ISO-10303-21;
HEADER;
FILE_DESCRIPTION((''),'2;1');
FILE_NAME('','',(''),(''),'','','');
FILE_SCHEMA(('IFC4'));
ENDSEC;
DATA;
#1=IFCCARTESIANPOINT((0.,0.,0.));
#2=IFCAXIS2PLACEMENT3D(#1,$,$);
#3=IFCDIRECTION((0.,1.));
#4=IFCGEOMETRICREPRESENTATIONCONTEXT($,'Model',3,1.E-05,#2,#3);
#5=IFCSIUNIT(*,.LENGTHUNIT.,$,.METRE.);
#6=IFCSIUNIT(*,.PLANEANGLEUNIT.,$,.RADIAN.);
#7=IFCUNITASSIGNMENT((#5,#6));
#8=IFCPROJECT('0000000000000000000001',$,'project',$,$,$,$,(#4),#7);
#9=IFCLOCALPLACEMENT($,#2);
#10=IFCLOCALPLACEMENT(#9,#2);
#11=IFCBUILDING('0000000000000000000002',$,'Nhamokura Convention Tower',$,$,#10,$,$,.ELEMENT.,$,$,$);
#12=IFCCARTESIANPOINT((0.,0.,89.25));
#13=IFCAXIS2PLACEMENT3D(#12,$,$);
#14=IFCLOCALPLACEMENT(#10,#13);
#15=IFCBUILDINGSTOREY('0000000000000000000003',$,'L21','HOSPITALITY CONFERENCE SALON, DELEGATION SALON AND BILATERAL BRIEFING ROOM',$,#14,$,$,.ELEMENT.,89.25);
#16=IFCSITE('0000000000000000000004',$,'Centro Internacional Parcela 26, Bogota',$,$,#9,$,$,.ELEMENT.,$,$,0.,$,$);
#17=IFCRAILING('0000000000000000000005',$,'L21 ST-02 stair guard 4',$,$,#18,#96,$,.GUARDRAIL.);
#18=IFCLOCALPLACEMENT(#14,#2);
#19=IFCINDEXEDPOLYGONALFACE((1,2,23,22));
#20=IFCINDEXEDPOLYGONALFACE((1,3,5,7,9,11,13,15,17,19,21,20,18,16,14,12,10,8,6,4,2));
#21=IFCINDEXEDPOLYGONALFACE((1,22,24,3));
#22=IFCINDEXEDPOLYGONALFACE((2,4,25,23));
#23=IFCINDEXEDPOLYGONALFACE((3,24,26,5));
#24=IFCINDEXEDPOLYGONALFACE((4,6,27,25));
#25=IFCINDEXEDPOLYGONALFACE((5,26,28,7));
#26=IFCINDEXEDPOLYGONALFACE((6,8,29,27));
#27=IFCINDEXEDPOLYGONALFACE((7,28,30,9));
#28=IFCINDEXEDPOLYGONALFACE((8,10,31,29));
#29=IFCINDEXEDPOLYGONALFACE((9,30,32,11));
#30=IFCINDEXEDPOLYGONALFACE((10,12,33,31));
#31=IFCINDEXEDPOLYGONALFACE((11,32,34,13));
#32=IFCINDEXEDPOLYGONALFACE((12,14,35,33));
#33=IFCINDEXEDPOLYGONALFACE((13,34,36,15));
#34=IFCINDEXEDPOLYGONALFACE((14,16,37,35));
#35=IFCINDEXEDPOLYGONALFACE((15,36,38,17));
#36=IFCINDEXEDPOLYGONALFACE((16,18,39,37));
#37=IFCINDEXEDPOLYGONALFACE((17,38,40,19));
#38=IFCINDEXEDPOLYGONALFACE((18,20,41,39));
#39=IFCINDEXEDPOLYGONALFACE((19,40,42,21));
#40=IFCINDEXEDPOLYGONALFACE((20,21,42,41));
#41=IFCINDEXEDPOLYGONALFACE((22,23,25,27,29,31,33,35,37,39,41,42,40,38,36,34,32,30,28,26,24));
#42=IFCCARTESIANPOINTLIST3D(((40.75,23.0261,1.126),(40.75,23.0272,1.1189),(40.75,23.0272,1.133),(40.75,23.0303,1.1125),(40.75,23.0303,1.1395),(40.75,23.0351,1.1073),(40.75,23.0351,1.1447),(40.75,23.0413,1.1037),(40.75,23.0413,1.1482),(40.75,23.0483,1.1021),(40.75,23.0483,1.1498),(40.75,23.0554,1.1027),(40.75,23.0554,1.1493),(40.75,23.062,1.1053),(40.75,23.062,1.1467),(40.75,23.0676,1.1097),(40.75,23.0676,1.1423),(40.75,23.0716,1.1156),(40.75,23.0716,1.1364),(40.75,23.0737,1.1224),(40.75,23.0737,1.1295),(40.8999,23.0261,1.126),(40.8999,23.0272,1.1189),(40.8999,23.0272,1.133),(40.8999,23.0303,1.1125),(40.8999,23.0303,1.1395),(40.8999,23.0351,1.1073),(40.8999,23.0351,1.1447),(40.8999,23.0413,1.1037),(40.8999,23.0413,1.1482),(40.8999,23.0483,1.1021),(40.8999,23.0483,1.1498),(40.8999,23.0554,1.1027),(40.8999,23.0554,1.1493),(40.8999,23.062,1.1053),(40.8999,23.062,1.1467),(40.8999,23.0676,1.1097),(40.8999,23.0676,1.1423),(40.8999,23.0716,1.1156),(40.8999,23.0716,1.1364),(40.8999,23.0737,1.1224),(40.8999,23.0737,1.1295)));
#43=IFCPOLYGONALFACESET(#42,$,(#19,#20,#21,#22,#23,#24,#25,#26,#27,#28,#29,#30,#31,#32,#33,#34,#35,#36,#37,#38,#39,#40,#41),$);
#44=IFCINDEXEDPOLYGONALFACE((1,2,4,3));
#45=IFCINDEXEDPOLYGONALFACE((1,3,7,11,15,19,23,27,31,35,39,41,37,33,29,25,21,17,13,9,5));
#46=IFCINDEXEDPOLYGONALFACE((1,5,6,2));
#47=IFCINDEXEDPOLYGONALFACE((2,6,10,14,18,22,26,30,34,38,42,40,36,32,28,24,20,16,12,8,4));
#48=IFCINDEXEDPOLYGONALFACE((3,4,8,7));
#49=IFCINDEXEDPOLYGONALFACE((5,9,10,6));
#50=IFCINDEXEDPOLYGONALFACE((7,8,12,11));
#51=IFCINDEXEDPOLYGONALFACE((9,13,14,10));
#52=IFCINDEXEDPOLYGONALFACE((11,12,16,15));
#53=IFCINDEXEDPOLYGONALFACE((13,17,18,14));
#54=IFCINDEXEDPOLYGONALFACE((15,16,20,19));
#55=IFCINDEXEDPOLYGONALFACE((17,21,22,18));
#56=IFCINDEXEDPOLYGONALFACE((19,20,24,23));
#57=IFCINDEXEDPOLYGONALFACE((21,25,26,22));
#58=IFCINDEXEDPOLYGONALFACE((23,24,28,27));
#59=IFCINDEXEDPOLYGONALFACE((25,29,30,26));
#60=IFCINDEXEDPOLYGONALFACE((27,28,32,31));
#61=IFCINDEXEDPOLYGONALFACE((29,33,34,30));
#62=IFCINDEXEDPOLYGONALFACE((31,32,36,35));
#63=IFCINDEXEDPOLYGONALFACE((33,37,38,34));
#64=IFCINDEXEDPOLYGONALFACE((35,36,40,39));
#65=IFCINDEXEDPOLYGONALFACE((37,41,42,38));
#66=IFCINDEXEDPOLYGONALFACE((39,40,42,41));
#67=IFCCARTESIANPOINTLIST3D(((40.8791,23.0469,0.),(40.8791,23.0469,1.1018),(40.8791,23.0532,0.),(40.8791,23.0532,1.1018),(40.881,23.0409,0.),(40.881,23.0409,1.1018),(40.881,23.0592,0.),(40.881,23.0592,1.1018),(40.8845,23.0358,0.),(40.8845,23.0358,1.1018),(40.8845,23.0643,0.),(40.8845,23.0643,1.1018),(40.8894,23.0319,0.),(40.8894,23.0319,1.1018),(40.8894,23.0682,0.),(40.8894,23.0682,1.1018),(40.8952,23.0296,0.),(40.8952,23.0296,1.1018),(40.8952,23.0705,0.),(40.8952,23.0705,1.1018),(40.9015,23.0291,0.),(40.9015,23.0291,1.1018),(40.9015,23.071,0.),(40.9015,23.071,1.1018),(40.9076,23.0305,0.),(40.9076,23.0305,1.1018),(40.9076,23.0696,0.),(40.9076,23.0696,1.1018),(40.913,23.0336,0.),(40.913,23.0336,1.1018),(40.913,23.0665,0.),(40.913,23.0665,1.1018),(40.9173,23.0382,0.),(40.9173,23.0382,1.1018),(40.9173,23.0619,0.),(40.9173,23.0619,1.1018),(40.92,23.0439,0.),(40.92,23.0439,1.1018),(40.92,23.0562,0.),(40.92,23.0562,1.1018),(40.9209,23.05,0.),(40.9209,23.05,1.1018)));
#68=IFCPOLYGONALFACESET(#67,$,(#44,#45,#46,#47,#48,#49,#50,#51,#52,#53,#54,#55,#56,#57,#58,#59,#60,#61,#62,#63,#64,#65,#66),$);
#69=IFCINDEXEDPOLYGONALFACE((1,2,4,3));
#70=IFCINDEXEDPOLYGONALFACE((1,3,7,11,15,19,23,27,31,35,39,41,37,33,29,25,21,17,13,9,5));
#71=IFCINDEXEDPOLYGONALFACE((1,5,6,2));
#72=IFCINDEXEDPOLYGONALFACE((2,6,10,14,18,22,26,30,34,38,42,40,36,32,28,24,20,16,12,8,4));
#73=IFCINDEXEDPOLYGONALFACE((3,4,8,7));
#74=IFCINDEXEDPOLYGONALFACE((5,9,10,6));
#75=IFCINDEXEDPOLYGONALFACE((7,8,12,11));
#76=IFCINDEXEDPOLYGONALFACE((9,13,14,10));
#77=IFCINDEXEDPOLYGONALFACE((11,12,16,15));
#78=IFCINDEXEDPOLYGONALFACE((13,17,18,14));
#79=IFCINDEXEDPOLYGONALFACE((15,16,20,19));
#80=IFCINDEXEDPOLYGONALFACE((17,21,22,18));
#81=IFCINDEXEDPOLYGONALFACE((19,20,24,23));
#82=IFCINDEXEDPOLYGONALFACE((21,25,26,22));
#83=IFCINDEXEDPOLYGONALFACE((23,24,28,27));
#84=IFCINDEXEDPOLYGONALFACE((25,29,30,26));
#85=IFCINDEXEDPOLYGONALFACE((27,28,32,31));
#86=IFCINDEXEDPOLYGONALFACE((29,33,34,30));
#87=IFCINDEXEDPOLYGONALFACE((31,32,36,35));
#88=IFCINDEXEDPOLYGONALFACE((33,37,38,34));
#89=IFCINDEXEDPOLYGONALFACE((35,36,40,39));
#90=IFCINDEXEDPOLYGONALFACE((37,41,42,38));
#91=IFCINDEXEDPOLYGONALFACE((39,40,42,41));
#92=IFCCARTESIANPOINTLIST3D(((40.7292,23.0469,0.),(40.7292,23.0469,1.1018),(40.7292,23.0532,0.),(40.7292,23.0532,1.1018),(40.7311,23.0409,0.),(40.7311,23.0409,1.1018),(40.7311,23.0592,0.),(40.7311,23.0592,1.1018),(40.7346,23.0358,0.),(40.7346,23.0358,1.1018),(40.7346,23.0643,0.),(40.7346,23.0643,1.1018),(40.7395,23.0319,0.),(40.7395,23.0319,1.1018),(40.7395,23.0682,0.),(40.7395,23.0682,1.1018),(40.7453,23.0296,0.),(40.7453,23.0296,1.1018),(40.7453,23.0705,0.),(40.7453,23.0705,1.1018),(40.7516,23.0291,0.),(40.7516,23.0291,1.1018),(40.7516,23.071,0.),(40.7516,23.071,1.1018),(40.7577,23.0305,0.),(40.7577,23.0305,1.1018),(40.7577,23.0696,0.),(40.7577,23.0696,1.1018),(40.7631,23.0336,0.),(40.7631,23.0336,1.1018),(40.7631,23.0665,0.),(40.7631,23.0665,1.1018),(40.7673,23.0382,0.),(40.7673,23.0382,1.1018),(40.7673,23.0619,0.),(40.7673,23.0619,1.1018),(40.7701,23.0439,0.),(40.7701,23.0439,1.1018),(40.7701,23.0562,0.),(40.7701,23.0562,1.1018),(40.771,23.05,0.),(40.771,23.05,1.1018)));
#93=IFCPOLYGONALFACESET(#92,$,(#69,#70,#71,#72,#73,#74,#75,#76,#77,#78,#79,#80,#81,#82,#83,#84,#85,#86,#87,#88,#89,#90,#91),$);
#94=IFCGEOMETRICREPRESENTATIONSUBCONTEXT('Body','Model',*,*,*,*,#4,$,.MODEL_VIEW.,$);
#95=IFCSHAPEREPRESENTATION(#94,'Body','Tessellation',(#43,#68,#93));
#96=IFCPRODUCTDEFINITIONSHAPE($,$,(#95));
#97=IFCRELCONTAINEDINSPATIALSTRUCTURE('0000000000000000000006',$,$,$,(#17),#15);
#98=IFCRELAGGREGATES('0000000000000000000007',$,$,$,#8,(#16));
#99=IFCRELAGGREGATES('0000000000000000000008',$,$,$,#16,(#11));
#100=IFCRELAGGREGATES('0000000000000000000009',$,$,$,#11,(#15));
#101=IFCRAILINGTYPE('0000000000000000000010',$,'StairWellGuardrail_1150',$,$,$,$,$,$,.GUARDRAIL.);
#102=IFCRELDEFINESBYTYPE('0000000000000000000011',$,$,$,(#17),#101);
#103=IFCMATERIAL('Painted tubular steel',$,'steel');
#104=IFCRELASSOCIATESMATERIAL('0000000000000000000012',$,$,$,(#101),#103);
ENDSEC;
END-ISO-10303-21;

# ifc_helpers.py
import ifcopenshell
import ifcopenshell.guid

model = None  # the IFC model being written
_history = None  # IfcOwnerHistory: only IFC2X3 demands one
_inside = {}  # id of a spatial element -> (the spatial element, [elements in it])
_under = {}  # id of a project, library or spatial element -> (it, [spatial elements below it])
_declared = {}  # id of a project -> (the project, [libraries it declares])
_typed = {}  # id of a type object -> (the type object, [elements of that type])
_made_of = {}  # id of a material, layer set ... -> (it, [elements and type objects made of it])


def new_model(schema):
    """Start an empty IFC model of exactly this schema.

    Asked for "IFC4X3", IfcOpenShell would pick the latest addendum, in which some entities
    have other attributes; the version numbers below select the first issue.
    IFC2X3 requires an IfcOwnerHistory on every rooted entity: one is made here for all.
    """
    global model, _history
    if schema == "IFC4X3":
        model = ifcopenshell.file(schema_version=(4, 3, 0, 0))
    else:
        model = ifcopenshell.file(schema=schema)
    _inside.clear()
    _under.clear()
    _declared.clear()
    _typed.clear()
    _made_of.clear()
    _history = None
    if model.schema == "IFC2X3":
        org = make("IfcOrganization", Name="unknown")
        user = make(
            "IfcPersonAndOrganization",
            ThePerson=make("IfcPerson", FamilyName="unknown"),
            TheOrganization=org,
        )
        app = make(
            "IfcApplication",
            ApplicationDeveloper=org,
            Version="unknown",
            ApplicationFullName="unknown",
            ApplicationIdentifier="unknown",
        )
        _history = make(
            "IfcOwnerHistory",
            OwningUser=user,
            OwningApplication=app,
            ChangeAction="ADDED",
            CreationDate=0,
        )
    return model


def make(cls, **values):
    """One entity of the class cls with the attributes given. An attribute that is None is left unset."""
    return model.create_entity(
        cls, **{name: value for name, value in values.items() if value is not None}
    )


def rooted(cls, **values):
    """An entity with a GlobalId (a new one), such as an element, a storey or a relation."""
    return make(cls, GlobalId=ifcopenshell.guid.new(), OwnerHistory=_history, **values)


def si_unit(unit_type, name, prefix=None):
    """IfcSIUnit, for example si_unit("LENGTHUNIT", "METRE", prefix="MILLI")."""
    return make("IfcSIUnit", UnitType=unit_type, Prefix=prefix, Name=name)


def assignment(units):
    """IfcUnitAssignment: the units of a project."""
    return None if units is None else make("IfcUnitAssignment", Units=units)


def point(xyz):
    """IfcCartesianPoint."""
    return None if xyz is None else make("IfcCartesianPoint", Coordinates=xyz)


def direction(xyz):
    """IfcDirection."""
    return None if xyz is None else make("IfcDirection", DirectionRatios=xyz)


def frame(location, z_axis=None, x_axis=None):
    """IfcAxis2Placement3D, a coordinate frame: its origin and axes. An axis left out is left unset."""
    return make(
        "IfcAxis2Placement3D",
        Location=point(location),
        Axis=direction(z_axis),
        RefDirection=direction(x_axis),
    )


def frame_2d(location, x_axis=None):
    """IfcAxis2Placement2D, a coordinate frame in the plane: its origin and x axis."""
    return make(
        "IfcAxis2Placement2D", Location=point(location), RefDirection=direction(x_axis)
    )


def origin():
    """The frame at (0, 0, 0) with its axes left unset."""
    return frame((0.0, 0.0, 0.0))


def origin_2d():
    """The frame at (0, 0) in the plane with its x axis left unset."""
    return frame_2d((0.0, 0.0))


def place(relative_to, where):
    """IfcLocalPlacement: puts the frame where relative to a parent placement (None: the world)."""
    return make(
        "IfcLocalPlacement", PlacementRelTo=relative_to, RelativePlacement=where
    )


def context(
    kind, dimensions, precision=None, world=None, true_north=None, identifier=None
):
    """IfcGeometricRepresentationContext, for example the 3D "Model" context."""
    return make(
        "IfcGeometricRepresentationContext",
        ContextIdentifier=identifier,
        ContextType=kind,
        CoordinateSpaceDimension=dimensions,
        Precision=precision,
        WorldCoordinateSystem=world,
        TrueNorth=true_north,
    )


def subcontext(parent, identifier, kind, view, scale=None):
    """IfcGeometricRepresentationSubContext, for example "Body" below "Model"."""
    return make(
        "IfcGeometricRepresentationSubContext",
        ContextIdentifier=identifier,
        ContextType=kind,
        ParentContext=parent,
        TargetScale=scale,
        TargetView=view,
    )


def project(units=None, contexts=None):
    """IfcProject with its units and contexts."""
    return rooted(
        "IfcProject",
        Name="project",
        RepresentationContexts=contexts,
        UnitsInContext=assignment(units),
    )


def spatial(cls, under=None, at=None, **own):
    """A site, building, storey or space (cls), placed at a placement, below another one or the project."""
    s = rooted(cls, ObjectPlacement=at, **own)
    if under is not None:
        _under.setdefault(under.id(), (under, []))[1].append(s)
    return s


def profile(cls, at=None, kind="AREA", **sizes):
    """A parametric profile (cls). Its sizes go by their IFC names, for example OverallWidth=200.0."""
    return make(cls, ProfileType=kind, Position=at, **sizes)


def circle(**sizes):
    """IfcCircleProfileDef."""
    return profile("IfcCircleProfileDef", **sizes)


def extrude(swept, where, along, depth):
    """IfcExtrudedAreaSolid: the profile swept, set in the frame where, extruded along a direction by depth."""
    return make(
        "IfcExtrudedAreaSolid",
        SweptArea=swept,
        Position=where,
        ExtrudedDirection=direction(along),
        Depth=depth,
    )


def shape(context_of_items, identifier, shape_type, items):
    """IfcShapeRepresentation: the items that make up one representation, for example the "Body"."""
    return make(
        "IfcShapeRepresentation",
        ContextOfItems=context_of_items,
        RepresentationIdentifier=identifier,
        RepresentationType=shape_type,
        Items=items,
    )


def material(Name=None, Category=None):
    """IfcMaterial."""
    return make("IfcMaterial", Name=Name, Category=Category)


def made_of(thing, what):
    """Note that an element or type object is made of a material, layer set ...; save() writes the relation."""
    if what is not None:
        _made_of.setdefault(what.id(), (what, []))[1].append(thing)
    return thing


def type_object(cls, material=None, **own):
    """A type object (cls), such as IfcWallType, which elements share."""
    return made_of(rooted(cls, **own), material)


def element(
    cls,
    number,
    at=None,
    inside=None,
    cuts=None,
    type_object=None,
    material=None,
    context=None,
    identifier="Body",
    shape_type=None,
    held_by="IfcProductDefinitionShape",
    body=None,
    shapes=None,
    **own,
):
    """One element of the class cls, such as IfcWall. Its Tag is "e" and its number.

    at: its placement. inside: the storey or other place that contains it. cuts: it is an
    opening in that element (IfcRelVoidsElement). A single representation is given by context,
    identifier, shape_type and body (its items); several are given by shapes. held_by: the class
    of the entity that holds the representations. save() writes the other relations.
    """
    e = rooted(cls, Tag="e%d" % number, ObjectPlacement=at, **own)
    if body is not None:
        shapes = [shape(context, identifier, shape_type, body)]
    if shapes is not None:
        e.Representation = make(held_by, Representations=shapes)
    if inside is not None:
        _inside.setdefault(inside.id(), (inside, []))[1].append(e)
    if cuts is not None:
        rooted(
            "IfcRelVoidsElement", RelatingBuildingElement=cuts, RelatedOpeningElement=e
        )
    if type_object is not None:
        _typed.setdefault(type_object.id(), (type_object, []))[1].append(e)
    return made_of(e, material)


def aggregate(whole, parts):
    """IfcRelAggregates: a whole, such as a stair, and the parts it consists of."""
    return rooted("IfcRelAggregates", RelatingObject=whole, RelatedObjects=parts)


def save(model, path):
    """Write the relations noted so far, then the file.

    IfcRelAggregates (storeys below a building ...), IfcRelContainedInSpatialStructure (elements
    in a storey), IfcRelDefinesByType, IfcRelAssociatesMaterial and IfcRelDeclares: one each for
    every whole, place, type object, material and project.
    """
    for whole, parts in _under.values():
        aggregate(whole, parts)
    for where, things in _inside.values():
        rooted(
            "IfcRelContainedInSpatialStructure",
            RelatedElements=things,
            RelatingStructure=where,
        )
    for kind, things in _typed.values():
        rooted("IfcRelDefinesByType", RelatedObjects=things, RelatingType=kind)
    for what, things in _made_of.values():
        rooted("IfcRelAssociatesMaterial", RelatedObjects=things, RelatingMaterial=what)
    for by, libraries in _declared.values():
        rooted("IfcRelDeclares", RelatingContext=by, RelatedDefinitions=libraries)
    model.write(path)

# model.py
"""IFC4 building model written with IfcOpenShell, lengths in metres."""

from ifc_helpers import new_model, si_unit, direction, frame, origin, origin_2d, place, context, subcontext, project, spatial, circle, extrude, material, type_object, element, save


model = new_model("IFC4")

# Units and contexts
model_context = context("Model", 3, precision=1e-05, world=origin(), true_north=direction((0.0, 1.0)))
body_context = subcontext(model_context, "Body", "Model", "MODEL_VIEW")
ifc_project = project(units=[si_unit("LENGTHUNIT", "METRE"), si_unit("PLANEANGLEUNIT", "RADIAN")], contexts=[model_context])

# Site, building, storey
site_placement = place(None, origin())
site = spatial("IfcSite", under=ifc_project, at=site_placement, Name="Centro Internacional Parcela 26, Bogota", CompositionType="ELEMENT", RefElevation=0.0)
building_placement = place(site_placement, origin())
building = spatial("IfcBuilding", under=site, at=building_placement, Name="Nhamokura Convention Tower", CompositionType="ELEMENT")
storey_placement = place(building_placement, frame((0.0, 0.0, 89.25)))
storey = spatial("IfcBuildingStorey", under=building, at=storey_placement, Name="L21", Description="HOSPITALITY CONFERENCE SALON, DELEGATION SALON AND BILATERAL BRIEFING ROOM", CompositionType="ELEMENT", Elevation=89.25)

# Railing
ifc_material_1 = material(Name="Painted tubular steel", Category="steel")
railing_type_1 = type_object("IfcRailingType", Name="StairWellGuardrail_1150", PredefinedType="GUARDRAIL", material=ifc_material_1)
railing_1_placement = place(storey_placement, frame((40.8999, 23.05, 0.0)))
element("IfcRailing", 1, at=railing_1_placement, inside=storey, type_object=railing_type_1, Name="L21 ST-02 stair guard 4", PredefinedType="GUARDRAIL", context=body_context, shape_type="SweptSolid", body=[
    extrude(circle(Radius=0.0239, at=origin_2d()), frame((0.0, 0.0, 1.126), z_axis=(-1.0, 0.0, 0.0), x_axis=(0.0, -1.0, 0.0)), (0.0, 0.0, 1.0), 0.1499),
    extrude(circle(Radius=0.021, at=origin_2d()), origin(), (0.0, 0.0, 1.0), 1.1018),
    extrude(circle(Radius=0.021, at=origin_2d()), frame((-0.1499, 0.0, 0.0)), (0.0, 0.0, 1.0), 1.1018),
])

save(model, "model.ifc")
